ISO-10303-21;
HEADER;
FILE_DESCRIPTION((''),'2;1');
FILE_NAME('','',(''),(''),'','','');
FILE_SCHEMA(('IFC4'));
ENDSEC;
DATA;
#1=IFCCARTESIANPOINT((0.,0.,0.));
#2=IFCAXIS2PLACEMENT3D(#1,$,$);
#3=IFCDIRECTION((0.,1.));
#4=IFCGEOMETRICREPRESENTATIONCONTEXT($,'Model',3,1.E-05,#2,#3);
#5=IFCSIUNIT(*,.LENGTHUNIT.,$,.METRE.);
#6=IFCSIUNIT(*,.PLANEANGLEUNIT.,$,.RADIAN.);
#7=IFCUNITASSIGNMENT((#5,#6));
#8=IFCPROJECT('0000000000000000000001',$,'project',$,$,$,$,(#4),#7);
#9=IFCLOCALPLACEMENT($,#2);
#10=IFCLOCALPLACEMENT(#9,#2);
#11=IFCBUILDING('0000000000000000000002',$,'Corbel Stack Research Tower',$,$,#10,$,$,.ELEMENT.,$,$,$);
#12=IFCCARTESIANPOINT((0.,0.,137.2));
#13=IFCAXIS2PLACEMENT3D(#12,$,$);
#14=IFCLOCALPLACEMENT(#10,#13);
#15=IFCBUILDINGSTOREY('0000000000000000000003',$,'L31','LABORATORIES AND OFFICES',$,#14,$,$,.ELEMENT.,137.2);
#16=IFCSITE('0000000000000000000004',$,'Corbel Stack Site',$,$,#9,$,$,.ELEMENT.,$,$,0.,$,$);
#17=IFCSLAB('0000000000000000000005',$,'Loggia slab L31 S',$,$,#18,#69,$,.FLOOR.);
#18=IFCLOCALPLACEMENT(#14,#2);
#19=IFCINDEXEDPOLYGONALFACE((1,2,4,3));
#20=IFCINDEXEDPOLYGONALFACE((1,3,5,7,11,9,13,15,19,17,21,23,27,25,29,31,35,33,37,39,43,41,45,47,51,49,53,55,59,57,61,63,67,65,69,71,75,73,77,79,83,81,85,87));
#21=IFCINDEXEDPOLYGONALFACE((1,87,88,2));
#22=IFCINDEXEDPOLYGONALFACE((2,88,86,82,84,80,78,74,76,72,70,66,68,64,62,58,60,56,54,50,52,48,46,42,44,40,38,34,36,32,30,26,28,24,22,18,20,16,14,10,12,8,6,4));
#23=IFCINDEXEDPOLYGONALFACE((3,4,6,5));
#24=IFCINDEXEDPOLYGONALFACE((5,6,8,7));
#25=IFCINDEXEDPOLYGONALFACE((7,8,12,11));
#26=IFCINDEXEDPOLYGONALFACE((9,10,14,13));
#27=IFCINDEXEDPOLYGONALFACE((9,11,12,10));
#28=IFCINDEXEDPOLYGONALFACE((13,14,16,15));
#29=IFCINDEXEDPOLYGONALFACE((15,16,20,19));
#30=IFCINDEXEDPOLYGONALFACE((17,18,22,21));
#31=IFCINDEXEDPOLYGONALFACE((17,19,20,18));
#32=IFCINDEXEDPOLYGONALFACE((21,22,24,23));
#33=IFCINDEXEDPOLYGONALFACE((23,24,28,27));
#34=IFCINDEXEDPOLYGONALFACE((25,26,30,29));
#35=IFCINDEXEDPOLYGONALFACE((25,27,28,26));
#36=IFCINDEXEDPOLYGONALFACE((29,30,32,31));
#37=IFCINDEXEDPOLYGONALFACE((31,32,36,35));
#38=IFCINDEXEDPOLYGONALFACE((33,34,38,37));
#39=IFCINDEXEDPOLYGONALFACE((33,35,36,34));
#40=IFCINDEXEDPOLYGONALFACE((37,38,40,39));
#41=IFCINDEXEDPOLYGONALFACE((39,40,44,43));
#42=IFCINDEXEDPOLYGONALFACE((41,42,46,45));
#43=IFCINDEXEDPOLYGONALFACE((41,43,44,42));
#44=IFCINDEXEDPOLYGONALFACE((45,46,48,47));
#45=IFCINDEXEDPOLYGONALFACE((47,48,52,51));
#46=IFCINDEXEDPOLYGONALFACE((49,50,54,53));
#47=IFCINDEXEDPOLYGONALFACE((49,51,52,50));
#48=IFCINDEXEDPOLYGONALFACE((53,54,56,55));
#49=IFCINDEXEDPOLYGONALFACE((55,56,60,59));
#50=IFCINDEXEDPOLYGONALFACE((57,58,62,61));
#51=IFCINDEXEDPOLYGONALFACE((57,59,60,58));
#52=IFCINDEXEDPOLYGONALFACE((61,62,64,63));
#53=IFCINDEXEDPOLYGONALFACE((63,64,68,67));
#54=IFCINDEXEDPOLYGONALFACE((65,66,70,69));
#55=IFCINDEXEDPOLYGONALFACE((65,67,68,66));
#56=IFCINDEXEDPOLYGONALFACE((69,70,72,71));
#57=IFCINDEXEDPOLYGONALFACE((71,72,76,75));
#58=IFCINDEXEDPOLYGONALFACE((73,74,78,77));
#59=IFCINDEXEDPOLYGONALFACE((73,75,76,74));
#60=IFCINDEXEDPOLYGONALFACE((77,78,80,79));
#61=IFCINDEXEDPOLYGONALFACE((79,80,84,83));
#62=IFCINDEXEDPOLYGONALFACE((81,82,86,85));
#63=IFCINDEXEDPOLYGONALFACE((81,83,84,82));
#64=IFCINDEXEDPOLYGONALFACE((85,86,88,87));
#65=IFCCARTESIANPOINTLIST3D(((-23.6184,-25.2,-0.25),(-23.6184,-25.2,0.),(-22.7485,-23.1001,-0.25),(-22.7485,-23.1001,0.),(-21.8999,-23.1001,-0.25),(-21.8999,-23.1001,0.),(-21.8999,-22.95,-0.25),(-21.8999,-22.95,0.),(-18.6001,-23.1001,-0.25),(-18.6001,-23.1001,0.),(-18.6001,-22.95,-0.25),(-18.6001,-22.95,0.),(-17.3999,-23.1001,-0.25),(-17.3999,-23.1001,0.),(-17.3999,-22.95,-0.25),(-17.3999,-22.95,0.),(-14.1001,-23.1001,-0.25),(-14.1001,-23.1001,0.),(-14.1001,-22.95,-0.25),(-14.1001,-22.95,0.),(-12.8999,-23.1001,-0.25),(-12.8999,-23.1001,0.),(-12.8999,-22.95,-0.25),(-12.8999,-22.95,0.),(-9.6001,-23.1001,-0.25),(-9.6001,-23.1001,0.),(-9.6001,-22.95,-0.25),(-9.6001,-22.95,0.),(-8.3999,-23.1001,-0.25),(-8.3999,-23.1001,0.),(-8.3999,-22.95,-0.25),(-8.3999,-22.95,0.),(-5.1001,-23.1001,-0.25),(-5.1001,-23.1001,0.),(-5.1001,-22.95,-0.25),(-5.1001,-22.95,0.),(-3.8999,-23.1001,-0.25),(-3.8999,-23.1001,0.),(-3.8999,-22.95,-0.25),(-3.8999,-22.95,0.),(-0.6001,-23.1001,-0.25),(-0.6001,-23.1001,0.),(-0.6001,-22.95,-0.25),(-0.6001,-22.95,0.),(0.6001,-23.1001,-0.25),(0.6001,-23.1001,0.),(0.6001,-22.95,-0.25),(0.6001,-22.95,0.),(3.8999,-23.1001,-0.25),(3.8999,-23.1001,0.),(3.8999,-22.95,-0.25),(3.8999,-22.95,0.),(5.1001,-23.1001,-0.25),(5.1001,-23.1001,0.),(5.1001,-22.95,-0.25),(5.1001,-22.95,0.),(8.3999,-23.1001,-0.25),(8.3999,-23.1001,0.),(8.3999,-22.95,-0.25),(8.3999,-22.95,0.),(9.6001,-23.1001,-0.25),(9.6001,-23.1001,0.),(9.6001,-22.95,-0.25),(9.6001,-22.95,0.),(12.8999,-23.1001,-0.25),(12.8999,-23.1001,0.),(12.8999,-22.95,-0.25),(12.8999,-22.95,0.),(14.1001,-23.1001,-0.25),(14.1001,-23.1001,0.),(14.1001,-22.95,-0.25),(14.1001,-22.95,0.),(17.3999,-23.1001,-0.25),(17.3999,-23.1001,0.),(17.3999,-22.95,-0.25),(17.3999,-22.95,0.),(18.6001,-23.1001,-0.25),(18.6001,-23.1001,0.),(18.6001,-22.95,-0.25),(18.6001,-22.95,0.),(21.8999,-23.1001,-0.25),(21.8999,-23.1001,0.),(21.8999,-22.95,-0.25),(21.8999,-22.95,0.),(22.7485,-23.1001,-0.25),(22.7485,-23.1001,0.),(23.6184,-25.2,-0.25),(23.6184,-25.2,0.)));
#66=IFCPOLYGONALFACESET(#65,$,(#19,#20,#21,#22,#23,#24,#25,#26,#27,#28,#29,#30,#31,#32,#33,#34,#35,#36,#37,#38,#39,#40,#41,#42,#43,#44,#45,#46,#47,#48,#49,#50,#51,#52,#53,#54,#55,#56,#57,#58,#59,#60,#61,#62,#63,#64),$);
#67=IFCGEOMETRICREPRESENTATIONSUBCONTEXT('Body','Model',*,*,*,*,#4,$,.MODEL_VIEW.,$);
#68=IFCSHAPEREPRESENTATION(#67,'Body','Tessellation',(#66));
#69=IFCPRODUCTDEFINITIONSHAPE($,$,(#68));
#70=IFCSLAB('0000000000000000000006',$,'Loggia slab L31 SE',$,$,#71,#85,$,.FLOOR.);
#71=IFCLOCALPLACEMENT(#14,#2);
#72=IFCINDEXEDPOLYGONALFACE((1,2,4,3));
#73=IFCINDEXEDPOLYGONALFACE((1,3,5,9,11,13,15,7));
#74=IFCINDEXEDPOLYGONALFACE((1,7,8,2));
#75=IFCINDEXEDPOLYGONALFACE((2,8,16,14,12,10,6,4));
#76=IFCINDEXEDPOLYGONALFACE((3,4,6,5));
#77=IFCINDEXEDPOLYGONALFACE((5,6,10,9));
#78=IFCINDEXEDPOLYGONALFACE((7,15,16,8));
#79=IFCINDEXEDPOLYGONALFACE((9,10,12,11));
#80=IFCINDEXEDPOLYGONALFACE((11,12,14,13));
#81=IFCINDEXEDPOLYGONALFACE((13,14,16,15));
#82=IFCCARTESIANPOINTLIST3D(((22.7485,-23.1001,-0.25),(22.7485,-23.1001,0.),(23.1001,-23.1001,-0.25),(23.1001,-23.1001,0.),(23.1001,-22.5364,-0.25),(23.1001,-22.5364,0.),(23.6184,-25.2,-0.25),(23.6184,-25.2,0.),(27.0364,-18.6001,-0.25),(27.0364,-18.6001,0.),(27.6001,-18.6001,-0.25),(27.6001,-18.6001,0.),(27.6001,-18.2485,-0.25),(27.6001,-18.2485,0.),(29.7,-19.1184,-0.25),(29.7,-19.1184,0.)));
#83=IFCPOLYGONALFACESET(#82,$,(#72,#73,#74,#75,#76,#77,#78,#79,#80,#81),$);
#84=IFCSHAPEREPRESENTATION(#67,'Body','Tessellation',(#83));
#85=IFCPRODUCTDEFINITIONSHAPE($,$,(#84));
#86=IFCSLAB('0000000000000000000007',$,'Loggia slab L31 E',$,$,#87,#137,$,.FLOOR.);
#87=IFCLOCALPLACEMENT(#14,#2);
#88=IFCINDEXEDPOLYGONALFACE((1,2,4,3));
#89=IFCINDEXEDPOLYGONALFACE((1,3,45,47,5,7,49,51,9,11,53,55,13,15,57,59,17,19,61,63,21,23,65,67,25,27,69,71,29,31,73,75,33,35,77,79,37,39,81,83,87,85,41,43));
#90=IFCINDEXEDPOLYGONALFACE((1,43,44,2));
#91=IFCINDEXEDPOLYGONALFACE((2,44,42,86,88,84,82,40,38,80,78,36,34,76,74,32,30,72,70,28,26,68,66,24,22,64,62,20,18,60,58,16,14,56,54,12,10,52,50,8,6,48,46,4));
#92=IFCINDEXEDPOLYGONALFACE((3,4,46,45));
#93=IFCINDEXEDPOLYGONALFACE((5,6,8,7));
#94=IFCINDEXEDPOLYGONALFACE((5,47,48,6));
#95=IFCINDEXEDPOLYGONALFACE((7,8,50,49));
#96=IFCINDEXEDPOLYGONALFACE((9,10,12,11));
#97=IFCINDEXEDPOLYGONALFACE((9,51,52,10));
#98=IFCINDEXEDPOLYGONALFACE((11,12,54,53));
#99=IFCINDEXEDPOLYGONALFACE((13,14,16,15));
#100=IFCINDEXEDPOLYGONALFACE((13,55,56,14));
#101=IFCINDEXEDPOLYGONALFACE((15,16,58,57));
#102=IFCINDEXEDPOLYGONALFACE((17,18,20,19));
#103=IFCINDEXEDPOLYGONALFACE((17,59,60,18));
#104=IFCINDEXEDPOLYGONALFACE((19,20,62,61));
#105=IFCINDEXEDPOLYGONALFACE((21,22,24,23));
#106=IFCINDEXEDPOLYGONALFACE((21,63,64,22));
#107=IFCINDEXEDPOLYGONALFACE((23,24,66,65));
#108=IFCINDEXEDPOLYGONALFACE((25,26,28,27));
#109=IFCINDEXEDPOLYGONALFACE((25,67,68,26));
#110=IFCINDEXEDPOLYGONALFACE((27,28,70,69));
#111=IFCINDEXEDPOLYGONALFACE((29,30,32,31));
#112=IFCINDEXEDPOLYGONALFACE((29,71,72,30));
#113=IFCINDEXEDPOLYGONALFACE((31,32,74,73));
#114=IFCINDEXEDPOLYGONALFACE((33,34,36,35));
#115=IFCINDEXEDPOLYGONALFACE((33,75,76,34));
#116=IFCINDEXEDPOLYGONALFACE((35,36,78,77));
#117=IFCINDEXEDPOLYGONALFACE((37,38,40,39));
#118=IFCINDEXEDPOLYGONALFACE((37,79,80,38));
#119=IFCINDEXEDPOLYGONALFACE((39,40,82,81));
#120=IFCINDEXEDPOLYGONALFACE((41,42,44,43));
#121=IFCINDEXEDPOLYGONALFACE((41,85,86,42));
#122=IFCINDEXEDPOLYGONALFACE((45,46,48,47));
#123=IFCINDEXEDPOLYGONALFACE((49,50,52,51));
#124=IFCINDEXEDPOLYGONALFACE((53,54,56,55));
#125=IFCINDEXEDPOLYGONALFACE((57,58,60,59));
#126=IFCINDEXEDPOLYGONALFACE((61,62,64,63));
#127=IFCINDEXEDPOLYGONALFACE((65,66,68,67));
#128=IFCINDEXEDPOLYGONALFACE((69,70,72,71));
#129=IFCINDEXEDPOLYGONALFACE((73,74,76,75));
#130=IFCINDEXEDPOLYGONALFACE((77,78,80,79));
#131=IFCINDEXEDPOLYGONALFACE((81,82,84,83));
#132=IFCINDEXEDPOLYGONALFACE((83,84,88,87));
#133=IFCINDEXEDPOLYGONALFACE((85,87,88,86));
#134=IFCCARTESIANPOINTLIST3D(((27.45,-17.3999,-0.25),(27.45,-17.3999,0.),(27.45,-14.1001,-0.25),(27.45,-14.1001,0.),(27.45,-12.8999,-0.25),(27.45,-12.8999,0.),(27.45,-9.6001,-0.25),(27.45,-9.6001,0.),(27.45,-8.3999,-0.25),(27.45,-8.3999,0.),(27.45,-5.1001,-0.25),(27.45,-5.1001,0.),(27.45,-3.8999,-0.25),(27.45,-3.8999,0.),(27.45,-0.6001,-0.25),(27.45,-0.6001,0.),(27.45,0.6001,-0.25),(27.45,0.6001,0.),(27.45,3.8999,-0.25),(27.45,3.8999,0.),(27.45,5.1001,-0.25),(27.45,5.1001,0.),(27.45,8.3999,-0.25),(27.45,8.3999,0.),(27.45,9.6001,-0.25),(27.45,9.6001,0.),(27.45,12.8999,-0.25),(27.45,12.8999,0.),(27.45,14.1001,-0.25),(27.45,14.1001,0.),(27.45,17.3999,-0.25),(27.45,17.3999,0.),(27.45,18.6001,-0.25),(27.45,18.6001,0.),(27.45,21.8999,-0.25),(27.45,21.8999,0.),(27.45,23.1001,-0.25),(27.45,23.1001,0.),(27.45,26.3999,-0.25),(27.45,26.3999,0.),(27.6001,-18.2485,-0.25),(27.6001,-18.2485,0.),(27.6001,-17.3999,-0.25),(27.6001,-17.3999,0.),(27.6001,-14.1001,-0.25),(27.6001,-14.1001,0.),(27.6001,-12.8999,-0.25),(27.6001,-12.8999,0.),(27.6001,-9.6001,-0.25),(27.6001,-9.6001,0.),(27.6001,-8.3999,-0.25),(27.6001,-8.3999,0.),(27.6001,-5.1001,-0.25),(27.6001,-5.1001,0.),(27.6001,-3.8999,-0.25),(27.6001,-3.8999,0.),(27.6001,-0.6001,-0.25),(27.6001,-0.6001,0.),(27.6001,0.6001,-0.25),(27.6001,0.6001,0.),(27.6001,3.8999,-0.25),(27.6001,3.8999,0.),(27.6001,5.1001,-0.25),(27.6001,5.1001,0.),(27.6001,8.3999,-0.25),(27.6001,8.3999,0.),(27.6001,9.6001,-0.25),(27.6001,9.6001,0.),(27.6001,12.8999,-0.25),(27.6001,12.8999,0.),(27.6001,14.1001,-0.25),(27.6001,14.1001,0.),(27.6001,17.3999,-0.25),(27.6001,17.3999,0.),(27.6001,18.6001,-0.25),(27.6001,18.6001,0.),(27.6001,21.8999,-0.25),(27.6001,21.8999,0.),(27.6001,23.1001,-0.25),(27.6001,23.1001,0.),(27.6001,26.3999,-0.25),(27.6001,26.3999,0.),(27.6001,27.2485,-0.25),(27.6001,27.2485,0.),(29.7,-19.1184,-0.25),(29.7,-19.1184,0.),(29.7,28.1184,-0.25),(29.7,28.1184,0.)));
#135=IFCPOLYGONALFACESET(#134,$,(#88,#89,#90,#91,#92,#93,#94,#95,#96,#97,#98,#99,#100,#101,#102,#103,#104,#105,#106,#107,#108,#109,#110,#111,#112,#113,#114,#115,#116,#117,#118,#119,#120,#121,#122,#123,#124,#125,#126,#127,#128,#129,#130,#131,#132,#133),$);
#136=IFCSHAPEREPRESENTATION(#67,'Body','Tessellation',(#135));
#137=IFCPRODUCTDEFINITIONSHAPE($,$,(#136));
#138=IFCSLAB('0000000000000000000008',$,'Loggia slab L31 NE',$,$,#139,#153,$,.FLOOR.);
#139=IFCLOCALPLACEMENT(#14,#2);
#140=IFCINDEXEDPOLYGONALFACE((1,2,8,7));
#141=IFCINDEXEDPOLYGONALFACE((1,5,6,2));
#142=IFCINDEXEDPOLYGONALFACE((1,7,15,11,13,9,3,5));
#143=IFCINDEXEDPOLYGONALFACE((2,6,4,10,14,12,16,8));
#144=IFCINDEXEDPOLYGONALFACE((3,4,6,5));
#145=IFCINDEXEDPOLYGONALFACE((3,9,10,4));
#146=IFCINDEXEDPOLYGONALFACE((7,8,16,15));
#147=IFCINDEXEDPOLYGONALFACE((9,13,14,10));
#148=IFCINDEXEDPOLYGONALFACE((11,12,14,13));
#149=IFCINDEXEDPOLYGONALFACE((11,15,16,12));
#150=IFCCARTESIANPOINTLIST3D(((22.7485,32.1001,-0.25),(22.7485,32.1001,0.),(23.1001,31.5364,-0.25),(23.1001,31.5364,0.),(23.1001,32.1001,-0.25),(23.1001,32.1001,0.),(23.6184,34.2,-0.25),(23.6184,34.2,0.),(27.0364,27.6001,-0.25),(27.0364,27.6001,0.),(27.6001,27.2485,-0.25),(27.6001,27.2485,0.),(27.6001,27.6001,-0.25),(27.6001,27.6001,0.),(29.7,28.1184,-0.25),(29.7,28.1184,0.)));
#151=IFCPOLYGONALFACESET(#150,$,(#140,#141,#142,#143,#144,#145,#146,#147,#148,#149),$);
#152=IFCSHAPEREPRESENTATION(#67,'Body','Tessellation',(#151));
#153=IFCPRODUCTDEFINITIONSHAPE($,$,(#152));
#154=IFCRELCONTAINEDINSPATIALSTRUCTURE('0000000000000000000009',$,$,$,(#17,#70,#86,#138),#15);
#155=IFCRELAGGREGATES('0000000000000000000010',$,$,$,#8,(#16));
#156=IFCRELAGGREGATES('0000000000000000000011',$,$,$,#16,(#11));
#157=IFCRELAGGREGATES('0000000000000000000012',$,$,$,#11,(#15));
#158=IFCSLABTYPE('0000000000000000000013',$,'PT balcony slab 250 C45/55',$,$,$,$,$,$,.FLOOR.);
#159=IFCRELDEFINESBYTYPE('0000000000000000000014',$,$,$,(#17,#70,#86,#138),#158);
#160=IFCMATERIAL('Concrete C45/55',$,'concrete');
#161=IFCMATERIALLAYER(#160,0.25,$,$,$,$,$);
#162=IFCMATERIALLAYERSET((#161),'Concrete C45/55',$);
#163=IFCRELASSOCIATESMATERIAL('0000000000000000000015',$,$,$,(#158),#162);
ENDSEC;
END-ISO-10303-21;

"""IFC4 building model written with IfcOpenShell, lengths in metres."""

from ifc_helpers import new_model, si_unit, direction, frame, origin, place, context, subcontext, project, spatial, polyline, outline, extrude, material, layer, layer_set, type_object, element, save


model = new_model("IFC4")

# Units and contexts
model_context = context("Model", 3, precision=1e-05, world=origin(), true_north=direction((0.0, 1.0)))
body_context = subcontext(model_context, "Body", "Model", "MODEL_VIEW")
ifc_project = project(units=[si_unit("LENGTHUNIT", "METRE"), si_unit("PLANEANGLEUNIT", "RADIAN")], contexts=[model_context])

# Site, building, storey
site_placement = place(None, origin())
site = spatial("IfcSite", under=ifc_project, at=site_placement, Name="Corbel Stack Site", CompositionType="ELEMENT", RefElevation=0.0)
building_placement = place(site_placement, origin())
building = spatial("IfcBuilding", under=site, at=building_placement, Name="Corbel Stack Research Tower", CompositionType="ELEMENT")
storey_placement = place(building_placement, frame((0.0, 0.0, 137.2)))
storey = spatial("IfcBuildingStorey", under=building, at=storey_placement, Name="L31", Description="LABORATORIES AND OFFICES", CompositionType="ELEMENT", Elevation=137.2)

# Slabs
ifc_material_1 = material(Name="Concrete C45/55", Category="concrete")
ifc_layer_1 = layer(ifc_material_1, 0.25)
ifc_layer_set_1 = layer_set([ifc_layer_1], Name="Concrete C45/55")
slab_type = type_object("IfcSlabType", Name="PT balcony slab 250 C45/55", PredefinedType="FLOOR", material=ifc_layer_set_1)
slab_1_placement = place(storey_placement, frame((0.0, 0.0, -0.25)))
element("IfcSlab", 1, at=slab_1_placement, inside=storey, type_object=slab_type, Name="Loggia slab L31 S", PredefinedType="FLOOR", context=body_context, shape_type="SweptSolid", body=[
    extrude(outline(polyline([(22.7485, -23.1001), (21.8999, -23.1001), (21.8999, -22.95), (18.6001, -22.95), (18.6001, -23.1001), (17.3999, -23.1001), (17.3999, -22.95), (14.1001, -22.95), (14.1001, -23.1001), (12.8999, -23.1001), (12.8999, -22.95), (9.6001, -22.95), (9.6001, -23.1001), (8.3999, -23.1001), (8.3999, -22.95), (5.1001, -22.95), (5.1001, -23.1001), (3.8999, -23.1001), (3.8999, -22.95), (0.6001, -22.95), (0.6001, -23.1001), (-0.6001, -23.1001), (-0.6001, -22.95), (-3.8999, -22.95), (-3.8999, -23.1001), (-5.1001, -23.1001), (-5.1001, -22.95), (-8.3999, -22.95), (-8.3999, -23.1001), (-9.6001, -23.1001), (-9.6001, -22.95), (-12.8999, -22.95), (-12.8999, -23.1001), (-14.1001, -23.1001), (-14.1001, -22.95), (-17.3999, -22.95), (-17.3999, -23.1001), (-18.6001, -23.1001), (-18.6001, -22.95), (-21.8999, -22.95), (-21.8999, -23.1001), (-22.7485, -23.1001), (-23.6184, -25.2), (23.6184, -25.2), (22.7485, -23.1001)])), origin(), (0.0, 0.0, 1.0), 0.25),
])
slab_2_placement = place(storey_placement, frame((0.0, 0.0, -0.25)))
element("IfcSlab", 2, at=slab_2_placement, inside=storey, type_object=slab_type, Name="Loggia slab L31 SE", PredefinedType="FLOOR", context=body_context, shape_type="SweptSolid", body=[
    extrude(outline(polyline([(27.6001, -18.2485), (27.6001, -18.6001), (27.0364, -18.6001), (23.1001, -22.5364), (23.1001, -23.1001), (22.7485, -23.1001), (23.6184, -25.2), (29.7, -19.1184), (27.6001, -18.2485)])), origin(), (0.0, 0.0, 1.0), 0.25),
])
slab_3_placement = place(storey_placement, frame((0.0, 0.0, -0.25)))
element("IfcSlab", 3, at=slab_3_placement, inside=storey, type_object=slab_type, Name="Loggia slab L31 E", PredefinedType="FLOOR", context=body_context, shape_type="SweptSolid", body=[
    extrude(outline(polyline([(27.6001, 27.2485), (27.6001, 26.3999), (27.45, 26.3999), (27.45, 23.1001), (27.6001, 23.1001), (27.6001, 21.8999), (27.45, 21.8999), (27.45, 18.6001), (27.6001, 18.6001), (27.6001, 17.3999), (27.45, 17.3999), (27.45, 14.1001), (27.6001, 14.1001), (27.6001, 12.8999), (27.45, 12.8999), (27.45, 9.6001), (27.6001, 9.6001), (27.6001, 8.3999), (27.45, 8.3999), (27.45, 5.1001), (27.6001, 5.1001), (27.6001, 3.8999), (27.45, 3.8999), (27.45, 0.6001), (27.6001, 0.6001), (27.6001, -0.6001), (27.45, -0.6001), (27.45, -3.8999), (27.6001, -3.8999), (27.6001, -5.1001), (27.45, -5.1001), (27.45, -8.3999), (27.6001, -8.3999), (27.6001, -9.6001), (27.45, -9.6001), (27.45, -12.8999), (27.6001, -12.8999), (27.6001, -14.1001), (27.45, -14.1001), (27.45, -17.3999), (27.6001, -17.3999), (27.6001, -18.2485), (29.7, -19.1184), (29.7, 28.1184), (27.6001, 27.2485)])), origin(), (0.0, 0.0, 1.0), 0.25),
])
slab_4_placement = place(storey_placement, frame((0.0, 0.0, -0.25)))
element("IfcSlab", 4, at=slab_4_placement, inside=storey, type_object=slab_type, Name="Loggia slab L31 NE", PredefinedType="FLOOR", context=body_context, shape_type="SweptSolid", body=[
    extrude(outline(polyline([(22.7485, 32.1001), (23.1001, 32.1001), (23.1001, 31.5364), (27.0364, 27.6001), (27.6001, 27.6001), (27.6001, 27.2485), (29.7, 28.1184), (23.6184, 34.2), (22.7485, 32.1001)])), origin(), (0.0, 0.0, 1.0), 0.25),
])

save(model, "model.ifc")
